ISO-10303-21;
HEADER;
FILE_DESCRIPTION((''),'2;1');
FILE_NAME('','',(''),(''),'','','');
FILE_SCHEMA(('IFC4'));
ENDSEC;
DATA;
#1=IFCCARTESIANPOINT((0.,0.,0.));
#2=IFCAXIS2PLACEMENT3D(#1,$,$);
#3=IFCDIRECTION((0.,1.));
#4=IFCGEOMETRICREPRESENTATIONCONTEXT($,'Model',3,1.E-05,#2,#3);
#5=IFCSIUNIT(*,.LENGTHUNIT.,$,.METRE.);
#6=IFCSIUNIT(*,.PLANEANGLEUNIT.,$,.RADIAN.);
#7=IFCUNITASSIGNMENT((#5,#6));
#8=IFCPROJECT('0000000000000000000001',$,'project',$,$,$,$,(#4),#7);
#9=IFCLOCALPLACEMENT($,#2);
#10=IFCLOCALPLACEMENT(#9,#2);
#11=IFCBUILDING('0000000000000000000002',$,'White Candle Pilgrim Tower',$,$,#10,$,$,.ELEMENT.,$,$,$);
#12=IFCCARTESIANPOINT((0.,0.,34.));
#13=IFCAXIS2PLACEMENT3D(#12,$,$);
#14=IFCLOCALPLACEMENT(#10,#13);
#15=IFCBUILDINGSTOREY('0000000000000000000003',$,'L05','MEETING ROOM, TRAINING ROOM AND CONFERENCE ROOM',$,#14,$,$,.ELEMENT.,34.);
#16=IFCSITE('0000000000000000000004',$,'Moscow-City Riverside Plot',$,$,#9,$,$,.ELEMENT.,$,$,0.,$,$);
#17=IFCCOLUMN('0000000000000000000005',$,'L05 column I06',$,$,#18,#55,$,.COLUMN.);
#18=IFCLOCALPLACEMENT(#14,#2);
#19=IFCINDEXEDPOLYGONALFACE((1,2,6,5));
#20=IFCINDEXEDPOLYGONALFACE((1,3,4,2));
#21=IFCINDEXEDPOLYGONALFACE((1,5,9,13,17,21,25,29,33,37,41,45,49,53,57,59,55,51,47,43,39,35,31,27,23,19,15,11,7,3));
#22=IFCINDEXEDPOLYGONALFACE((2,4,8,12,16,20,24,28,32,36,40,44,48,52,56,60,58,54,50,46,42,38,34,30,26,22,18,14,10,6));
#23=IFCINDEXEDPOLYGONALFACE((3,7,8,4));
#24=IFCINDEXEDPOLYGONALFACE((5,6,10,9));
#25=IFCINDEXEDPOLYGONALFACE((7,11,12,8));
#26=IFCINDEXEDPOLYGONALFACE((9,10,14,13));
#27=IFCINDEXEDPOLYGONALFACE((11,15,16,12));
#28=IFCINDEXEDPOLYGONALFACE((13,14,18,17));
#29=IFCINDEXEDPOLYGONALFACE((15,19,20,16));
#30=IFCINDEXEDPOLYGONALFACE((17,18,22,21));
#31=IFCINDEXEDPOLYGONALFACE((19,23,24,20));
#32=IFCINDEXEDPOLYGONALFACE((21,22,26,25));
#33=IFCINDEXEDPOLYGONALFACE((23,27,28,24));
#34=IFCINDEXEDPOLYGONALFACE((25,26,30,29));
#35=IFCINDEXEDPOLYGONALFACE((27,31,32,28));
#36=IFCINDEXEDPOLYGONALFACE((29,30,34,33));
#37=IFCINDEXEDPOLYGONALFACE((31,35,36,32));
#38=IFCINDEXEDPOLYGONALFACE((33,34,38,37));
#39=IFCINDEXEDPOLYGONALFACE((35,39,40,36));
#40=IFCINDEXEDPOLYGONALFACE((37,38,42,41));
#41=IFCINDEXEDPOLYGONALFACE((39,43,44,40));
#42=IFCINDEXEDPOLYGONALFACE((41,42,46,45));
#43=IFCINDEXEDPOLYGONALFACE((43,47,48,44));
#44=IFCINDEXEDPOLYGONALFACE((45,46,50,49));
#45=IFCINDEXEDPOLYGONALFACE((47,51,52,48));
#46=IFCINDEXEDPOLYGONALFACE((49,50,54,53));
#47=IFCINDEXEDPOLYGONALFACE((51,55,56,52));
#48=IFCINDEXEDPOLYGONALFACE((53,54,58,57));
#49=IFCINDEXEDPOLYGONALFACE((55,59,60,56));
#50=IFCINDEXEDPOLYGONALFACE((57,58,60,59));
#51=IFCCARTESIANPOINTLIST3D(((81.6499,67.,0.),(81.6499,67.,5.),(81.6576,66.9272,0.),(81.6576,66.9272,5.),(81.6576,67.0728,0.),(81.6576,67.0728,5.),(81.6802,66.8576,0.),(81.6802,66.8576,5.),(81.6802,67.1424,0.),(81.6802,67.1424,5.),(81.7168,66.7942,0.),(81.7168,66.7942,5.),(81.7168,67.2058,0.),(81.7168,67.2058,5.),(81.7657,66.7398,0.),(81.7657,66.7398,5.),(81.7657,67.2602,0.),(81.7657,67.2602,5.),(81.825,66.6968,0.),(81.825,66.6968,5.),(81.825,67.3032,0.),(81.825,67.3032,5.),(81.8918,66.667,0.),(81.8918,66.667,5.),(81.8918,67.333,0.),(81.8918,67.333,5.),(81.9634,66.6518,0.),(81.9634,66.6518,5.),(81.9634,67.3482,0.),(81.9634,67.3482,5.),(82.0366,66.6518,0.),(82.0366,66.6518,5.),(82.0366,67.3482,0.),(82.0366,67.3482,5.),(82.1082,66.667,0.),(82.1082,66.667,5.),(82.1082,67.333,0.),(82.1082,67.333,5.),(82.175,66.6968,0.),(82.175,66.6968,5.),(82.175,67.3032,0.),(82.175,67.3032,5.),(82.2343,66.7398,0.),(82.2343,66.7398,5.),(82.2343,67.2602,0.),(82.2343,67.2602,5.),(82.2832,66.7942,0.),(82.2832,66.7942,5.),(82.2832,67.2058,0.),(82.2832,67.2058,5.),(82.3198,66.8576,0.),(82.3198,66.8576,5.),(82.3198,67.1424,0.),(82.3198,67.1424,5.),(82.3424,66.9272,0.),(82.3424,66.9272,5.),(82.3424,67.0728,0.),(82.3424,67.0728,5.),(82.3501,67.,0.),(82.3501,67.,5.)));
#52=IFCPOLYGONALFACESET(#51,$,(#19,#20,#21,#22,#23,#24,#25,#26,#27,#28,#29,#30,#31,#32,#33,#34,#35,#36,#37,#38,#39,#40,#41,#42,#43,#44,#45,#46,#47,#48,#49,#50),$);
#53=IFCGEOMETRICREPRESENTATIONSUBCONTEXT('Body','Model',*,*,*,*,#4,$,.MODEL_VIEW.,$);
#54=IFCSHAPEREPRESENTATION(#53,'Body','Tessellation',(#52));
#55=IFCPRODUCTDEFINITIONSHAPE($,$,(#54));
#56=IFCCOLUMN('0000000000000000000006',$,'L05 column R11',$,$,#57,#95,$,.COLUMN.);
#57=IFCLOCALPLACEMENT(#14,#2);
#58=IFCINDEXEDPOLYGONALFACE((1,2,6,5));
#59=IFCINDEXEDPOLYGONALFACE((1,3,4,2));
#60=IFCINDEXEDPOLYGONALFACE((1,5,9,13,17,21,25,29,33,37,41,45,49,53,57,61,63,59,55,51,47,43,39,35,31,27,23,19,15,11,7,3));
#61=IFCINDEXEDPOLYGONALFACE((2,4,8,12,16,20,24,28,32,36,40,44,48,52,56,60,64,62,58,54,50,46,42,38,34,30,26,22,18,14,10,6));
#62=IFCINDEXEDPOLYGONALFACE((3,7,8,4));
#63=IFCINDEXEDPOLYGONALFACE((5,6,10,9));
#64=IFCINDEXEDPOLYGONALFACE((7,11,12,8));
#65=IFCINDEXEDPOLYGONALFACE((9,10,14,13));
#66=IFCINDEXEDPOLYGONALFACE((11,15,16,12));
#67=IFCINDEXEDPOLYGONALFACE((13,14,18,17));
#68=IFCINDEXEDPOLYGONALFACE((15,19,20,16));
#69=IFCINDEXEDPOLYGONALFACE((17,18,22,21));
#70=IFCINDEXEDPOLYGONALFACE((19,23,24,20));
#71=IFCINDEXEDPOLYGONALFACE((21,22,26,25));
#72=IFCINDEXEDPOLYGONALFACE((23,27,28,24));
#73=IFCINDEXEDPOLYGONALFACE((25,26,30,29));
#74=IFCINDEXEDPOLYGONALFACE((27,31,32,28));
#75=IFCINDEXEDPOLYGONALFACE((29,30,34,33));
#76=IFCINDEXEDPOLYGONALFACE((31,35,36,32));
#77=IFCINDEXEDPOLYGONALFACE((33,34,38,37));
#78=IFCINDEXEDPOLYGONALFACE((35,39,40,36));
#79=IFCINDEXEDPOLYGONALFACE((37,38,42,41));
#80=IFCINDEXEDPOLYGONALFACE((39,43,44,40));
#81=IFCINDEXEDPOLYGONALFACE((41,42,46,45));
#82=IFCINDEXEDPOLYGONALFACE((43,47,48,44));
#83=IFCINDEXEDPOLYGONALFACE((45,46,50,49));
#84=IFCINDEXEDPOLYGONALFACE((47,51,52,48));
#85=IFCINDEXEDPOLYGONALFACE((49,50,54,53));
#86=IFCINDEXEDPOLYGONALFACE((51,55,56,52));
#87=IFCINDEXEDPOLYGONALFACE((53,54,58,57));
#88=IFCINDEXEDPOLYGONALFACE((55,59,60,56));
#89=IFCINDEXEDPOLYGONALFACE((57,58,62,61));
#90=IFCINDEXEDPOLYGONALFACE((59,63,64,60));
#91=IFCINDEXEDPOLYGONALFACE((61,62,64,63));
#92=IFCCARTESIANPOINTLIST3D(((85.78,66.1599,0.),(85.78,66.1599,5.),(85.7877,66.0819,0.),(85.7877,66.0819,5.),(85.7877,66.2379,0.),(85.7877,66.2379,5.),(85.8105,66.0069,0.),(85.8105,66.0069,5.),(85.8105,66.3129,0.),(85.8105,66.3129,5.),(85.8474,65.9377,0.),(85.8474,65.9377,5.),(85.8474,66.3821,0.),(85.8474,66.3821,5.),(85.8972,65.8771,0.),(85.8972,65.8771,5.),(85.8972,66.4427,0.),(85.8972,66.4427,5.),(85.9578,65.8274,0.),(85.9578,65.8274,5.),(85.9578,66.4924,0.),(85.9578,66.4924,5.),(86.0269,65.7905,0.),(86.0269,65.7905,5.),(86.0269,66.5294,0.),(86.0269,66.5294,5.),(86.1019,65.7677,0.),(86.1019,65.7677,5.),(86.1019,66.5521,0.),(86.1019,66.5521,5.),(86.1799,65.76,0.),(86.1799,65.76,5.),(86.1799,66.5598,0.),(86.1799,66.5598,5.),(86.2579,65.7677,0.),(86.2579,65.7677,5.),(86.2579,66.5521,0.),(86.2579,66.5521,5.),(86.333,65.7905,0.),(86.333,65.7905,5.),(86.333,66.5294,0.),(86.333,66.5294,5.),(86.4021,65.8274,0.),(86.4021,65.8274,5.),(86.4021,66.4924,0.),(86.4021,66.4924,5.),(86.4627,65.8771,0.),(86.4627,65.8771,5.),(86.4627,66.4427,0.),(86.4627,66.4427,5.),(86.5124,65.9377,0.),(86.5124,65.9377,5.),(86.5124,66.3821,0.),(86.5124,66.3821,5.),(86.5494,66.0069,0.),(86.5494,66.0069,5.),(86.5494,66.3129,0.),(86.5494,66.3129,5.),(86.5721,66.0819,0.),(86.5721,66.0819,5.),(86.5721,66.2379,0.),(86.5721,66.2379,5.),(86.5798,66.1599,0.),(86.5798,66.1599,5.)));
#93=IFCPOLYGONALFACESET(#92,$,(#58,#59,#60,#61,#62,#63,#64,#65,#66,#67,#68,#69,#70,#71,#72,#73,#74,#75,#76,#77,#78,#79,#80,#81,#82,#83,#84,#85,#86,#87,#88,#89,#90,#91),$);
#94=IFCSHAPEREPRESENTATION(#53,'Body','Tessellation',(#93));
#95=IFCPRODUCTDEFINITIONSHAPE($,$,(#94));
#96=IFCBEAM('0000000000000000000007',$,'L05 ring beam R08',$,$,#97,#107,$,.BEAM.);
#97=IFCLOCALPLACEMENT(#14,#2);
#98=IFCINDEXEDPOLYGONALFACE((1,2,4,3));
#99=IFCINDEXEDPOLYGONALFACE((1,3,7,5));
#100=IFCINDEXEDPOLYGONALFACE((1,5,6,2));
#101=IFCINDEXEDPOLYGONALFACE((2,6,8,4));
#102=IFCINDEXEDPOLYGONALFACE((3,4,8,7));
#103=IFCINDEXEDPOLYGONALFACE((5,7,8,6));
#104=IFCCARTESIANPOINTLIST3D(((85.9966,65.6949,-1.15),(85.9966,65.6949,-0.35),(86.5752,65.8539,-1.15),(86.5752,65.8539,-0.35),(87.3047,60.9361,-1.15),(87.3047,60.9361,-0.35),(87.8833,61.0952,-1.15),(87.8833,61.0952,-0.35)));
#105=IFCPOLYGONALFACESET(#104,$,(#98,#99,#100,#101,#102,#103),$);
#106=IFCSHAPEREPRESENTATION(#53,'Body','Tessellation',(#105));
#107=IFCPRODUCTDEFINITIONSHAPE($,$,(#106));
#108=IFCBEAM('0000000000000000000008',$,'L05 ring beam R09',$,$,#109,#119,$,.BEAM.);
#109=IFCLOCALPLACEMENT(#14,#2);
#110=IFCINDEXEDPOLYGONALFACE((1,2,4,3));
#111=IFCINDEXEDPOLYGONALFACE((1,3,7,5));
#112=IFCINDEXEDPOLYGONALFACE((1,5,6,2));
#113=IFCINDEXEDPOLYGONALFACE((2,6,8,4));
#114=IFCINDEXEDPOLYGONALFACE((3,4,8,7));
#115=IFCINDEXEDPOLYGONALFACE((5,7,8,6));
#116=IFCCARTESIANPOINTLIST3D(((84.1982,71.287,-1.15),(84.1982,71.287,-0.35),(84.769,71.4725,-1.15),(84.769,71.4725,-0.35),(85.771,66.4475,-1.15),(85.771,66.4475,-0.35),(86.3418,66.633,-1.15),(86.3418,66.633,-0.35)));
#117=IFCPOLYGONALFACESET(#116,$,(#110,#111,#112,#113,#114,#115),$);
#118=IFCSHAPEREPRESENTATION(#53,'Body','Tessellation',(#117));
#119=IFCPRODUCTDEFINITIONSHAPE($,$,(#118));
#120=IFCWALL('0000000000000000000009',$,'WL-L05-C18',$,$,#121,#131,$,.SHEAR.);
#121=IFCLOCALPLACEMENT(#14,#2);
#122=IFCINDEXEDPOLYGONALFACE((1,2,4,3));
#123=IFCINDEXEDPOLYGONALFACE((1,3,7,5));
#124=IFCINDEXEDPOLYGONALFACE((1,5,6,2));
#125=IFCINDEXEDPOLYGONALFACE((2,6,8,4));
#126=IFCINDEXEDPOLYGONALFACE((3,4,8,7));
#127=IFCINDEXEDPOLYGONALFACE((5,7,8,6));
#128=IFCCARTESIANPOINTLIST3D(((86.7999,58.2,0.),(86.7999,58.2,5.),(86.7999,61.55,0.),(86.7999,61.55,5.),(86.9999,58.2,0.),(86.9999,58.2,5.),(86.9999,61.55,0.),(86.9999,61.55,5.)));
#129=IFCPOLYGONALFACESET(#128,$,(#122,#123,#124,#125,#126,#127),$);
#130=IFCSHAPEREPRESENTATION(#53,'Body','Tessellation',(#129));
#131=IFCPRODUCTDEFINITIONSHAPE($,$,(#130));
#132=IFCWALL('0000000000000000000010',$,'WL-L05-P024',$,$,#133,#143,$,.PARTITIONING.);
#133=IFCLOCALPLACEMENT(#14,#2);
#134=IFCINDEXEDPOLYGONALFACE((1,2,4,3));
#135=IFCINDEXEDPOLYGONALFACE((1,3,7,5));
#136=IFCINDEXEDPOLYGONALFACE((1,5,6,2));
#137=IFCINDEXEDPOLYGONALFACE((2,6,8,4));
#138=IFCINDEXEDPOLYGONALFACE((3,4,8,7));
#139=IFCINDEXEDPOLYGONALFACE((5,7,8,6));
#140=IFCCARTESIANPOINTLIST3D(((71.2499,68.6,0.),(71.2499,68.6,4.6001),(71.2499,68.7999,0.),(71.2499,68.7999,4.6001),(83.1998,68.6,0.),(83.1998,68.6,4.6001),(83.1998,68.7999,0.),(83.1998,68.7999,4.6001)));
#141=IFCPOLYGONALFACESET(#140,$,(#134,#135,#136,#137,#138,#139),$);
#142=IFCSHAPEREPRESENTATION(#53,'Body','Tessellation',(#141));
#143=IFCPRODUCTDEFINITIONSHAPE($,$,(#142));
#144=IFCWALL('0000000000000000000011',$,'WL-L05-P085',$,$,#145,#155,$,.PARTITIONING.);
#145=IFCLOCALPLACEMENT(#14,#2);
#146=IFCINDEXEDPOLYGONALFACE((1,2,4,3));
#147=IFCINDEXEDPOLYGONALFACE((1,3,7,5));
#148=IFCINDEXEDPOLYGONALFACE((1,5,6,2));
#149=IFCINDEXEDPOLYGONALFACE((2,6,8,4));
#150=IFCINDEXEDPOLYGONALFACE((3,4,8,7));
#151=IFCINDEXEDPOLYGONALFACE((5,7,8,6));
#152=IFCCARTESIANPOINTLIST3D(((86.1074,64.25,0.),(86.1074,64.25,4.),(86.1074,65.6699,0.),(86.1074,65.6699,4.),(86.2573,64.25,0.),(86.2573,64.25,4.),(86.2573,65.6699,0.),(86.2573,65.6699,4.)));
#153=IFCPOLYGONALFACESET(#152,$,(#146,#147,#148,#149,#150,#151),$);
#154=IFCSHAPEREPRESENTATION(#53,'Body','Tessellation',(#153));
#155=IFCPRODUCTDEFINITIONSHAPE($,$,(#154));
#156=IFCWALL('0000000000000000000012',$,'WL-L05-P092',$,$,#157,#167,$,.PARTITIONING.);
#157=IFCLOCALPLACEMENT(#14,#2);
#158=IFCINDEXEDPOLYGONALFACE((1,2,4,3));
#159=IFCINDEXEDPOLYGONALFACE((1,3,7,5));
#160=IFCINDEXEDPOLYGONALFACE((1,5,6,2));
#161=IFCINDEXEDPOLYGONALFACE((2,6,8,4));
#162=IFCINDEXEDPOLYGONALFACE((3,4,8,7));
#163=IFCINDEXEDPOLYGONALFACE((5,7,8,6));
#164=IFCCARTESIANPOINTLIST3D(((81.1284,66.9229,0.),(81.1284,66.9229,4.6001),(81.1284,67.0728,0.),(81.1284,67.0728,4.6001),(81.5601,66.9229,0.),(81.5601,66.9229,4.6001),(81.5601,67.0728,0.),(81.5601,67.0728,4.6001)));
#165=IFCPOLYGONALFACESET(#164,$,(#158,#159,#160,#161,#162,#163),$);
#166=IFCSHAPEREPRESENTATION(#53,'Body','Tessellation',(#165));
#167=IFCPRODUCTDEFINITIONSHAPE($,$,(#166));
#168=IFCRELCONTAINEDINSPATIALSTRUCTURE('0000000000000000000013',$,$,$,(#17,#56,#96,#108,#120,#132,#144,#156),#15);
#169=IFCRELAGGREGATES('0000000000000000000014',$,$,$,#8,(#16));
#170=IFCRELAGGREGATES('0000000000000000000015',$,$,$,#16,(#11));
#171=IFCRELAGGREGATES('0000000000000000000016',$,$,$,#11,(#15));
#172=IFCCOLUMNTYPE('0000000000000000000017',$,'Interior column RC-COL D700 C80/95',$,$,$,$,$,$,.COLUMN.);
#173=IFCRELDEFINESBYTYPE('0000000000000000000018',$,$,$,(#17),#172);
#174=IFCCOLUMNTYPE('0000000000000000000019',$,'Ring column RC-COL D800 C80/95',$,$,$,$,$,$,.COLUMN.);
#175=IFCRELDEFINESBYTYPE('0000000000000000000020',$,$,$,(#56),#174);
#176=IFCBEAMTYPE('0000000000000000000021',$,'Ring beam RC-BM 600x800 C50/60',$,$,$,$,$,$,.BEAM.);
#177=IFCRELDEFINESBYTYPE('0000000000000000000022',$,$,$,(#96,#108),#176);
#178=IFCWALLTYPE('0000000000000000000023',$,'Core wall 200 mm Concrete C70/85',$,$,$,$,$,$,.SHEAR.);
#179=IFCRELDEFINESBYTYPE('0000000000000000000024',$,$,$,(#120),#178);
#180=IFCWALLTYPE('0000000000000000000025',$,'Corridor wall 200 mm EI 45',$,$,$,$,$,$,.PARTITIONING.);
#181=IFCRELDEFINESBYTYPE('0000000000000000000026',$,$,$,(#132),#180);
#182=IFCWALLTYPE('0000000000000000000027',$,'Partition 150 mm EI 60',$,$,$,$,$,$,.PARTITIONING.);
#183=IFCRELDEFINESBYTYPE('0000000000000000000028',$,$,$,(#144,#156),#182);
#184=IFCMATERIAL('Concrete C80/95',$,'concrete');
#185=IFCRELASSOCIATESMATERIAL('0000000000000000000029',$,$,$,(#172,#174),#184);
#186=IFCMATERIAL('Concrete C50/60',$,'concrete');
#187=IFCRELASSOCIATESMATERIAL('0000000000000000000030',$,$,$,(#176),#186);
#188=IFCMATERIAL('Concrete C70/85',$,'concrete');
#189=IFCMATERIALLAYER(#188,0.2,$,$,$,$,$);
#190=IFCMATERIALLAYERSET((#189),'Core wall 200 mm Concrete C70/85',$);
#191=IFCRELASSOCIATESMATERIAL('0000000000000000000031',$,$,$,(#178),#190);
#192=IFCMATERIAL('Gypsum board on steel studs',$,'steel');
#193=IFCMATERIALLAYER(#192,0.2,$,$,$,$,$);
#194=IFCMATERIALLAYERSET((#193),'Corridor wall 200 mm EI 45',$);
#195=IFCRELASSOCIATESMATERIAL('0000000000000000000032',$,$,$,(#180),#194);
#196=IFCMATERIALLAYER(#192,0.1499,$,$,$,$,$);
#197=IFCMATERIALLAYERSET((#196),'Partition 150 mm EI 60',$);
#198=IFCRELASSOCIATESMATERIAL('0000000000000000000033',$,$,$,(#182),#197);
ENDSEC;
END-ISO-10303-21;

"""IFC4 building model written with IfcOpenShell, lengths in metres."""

from ifc_helpers import new_model, si_unit, direction, frame, frame_2d, origin, origin_2d, place, context, subcontext, project, spatial, rectangle, circle, extrude, material, layer, layer_set, material_profile, profile_set, type_object, element, save


model = new_model("IFC4")

# Units and contexts
model_context = context("Model", 3, precision=1e-05, world=origin(), true_north=direction((0.0, 1.0)))
body_context = subcontext(model_context, "Body", "Model", "MODEL_VIEW")
ifc_project = project(units=[si_unit("LENGTHUNIT", "METRE"), si_unit("PLANEANGLEUNIT", "RADIAN")], contexts=[model_context])

# Site, building, storey
site_placement = place(None, origin())
site = spatial("IfcSite", under=ifc_project, at=site_placement, Name="Moscow-City Riverside Plot", CompositionType="ELEMENT", RefElevation=0.0)
building_placement = place(site_placement, origin())
building = spatial("IfcBuilding", under=site, at=building_placement, Name="White Candle Pilgrim Tower", CompositionType="ELEMENT")
storey_placement = place(building_placement, frame((0.0, 0.0, 34.0)))
storey = spatial("IfcBuildingStorey", under=building, at=storey_placement, Name="L05", Description="MEETING ROOM, TRAINING ROOM AND CONFERENCE ROOM", CompositionType="ELEMENT", Elevation=34.0)

# Columns
ifc_material_1 = material(Name="Concrete C80/95", Category="concrete")
ifc_material_profile_1 = material_profile(ifc_material_1, circle(Radius=0.3501, at=origin_2d()), Name="RC-COL D700")
ifc_profile_set_1 = profile_set([ifc_material_profile_1], Name="Concrete C80/95")
column_type_1 = type_object("IfcColumnType", Name="Interior column RC-COL D700 C80/95", PredefinedType="COLUMN", material=ifc_profile_set_1)
column_1_placement = place(storey_placement, frame((82.0, 67.0, 0.0), z_axis=(0.0, 0.0, 1.0), x_axis=(1.0, 0.0, 0.0)))
element("IfcColumn", 1, at=column_1_placement, inside=storey, type_object=column_type_1, Name="L05 column I06", PredefinedType="COLUMN", context=body_context, shape_type="SweptSolid", body=[
    extrude(circle(Radius=0.3501, at=origin_2d()), origin(), (0.0, 0.0, 1.0), 5.0),
])
ifc_material_profile_2 = material_profile(ifc_material_1, circle(Radius=0.3999, at=origin_2d()), Name="RC-COL D800")
ifc_profile_set_2 = profile_set([ifc_material_profile_2], Name="Concrete C80/95")
column_type_2 = type_object("IfcColumnType", Name="Ring column RC-COL D800 C80/95", PredefinedType="COLUMN", material=ifc_profile_set_2)
column_2_placement = place(storey_placement, frame((86.1799, 66.1599, 0.0), z_axis=(0.0, 0.0, 1.0), x_axis=(1.0, 0.0, 0.0)))
element("IfcColumn", 2, at=column_2_placement, inside=storey, type_object=column_type_2, Name="L05 column R11", PredefinedType="COLUMN", context=body_context, shape_type="SweptSolid", body=[
    extrude(circle(Radius=0.3999, at=origin_2d()), origin(), (0.0, 0.0, 1.0), 5.0),
])

# Beams
ifc_material_2 = material(Name="Concrete C50/60", Category="concrete")
ifc_material_profile_3 = material_profile(ifc_material_2, rectangle(XDim=0.6001, YDim=0.8, at=origin_2d()), Name="RC-BM 600x800")
ifc_profile_set_3 = profile_set([ifc_material_profile_3], Name="Concrete C50/60")
beam_type = type_object("IfcBeamType", Name="Ring beam RC-BM 600x800 C50/60", PredefinedType="BEAM", material=ifc_profile_set_3)
beam_1_placement = place(storey_placement, frame((87.594, 61.0156, -0.75), z_axis=(-0.265051, 0.964234, 0.0), x_axis=(-0.964234, -0.265051, 0.0)))
element("IfcBeam", 3, at=beam_1_placement, inside=storey, type_object=beam_type, Name="L05 ring beam R08", PredefinedType="BEAM", context=body_context, shape_type="SweptSolid", body=[
    extrude(rectangle(XDim=0.6001, YDim=0.8, at=origin_2d()), origin(), (0.0, 0.0, 1.0), 4.9353),
])
beam_2_placement = place(storey_placement, frame((86.0564, 66.5403, -0.75), z_axis=(-0.30908, 0.951036, 0.0), x_axis=(-0.951036, -0.30908, 0.0)))
element("IfcBeam", 4, at=beam_2_placement, inside=storey, type_object=beam_type, Name="L05 ring beam R09", PredefinedType="BEAM", context=body_context, shape_type="SweptSolid", body=[
    extrude(rectangle(XDim=0.6001, YDim=0.8, at=origin_2d()), origin(), (0.0, 0.0, 1.0), 5.0886),
])

# Walls
ifc_material_3 = material(Name="Concrete C70/85", Category="concrete")
ifc_layer_1 = layer(ifc_material_3, 0.2)
ifc_layer_set_1 = layer_set([ifc_layer_1], Name="Core wall 200 mm Concrete C70/85")
wall_type_1 = type_object("IfcWallType", Name="Core wall 200 mm Concrete C70/85", PredefinedType="SHEAR", material=ifc_layer_set_1)
wall_1_placement = place(storey_placement, frame((86.8999, 58.2, 0.0), z_axis=(0.0, 0.0, 1.0), x_axis=(0.0, 1.0, 0.0)))
element("IfcWall", 5, at=wall_1_placement, inside=storey, type_object=wall_type_1, Name="WL-L05-C18", PredefinedType="SHEAR", context=body_context, shape_type="SweptSolid", body=[
    extrude(rectangle(XDim=3.3501, YDim=0.2, at=frame_2d((1.675, 0.0))), origin(), (0.0, 0.0, 1.0), 5.0),
])
ifc_material_4 = material(Name="Gypsum board on steel studs", Category="steel")
ifc_layer_2 = layer(ifc_material_4, 0.2)
ifc_layer_set_2 = layer_set([ifc_layer_2], Name="Corridor wall 200 mm EI 45")
wall_type_2 = type_object("IfcWallType", Name="Corridor wall 200 mm EI 45", PredefinedType="PARTITIONING", material=ifc_layer_set_2)
wall_2_placement = place(storey_placement, frame((83.2, 68.7, 0.0), z_axis=(0.0, 0.0, 1.0), x_axis=(-1.0, 0.0, 0.0)))
element("IfcWall", 6, at=wall_2_placement, inside=storey, type_object=wall_type_2, Name="WL-L05-P024", PredefinedType="PARTITIONING", context=body_context, shape_type="SweptSolid", body=[
    extrude(rectangle(XDim=11.95, YDim=0.2, at=frame_2d((5.9751, 0.0))), origin(), (0.0, 0.0, 1.0), 4.6001),
])
ifc_layer_3 = layer(ifc_material_4, 0.1499)
ifc_layer_set_3 = layer_set([ifc_layer_3], Name="Partition 150 mm EI 60")
wall_type_3 = type_object("IfcWallType", Name="Partition 150 mm EI 60", PredefinedType="PARTITIONING", material=ifc_layer_set_3)
wall_3_placement = place(storey_placement, frame((86.1824, 65.6699, 0.0), z_axis=(0.0, 0.0, 1.0), x_axis=(0.0, -1.0, 0.0)))
element("IfcWall", 7, at=wall_3_placement, inside=storey, type_object=wall_type_3, Name="WL-L05-P085", PredefinedType="PARTITIONING", context=body_context, shape_type="SweptSolid", body=[
    extrude(rectangle(XDim=1.4199, YDim=0.1499, at=frame_2d((0.71, 0.0))), origin(), (0.0, 0.0, 1.0), 4.0),
])
wall_4_placement = place(storey_placement, frame((81.5601, 66.9978, 0.0), z_axis=(0.0, 0.0, 1.0), x_axis=(-1.0, 0.0, 0.0)))
element("IfcWall", 8, at=wall_4_placement, inside=storey, type_object=wall_type_3, Name="WL-L05-P092", PredefinedType="PARTITIONING", context=body_context, shape_type="SweptSolid", body=[
    extrude(rectangle(XDim=0.4316, YDim=0.1499, at=frame_2d((0.2158, 0.0))), origin(), (0.0, 0.0, 1.0), 4.6001),
])

save(model, "model.ifc")
